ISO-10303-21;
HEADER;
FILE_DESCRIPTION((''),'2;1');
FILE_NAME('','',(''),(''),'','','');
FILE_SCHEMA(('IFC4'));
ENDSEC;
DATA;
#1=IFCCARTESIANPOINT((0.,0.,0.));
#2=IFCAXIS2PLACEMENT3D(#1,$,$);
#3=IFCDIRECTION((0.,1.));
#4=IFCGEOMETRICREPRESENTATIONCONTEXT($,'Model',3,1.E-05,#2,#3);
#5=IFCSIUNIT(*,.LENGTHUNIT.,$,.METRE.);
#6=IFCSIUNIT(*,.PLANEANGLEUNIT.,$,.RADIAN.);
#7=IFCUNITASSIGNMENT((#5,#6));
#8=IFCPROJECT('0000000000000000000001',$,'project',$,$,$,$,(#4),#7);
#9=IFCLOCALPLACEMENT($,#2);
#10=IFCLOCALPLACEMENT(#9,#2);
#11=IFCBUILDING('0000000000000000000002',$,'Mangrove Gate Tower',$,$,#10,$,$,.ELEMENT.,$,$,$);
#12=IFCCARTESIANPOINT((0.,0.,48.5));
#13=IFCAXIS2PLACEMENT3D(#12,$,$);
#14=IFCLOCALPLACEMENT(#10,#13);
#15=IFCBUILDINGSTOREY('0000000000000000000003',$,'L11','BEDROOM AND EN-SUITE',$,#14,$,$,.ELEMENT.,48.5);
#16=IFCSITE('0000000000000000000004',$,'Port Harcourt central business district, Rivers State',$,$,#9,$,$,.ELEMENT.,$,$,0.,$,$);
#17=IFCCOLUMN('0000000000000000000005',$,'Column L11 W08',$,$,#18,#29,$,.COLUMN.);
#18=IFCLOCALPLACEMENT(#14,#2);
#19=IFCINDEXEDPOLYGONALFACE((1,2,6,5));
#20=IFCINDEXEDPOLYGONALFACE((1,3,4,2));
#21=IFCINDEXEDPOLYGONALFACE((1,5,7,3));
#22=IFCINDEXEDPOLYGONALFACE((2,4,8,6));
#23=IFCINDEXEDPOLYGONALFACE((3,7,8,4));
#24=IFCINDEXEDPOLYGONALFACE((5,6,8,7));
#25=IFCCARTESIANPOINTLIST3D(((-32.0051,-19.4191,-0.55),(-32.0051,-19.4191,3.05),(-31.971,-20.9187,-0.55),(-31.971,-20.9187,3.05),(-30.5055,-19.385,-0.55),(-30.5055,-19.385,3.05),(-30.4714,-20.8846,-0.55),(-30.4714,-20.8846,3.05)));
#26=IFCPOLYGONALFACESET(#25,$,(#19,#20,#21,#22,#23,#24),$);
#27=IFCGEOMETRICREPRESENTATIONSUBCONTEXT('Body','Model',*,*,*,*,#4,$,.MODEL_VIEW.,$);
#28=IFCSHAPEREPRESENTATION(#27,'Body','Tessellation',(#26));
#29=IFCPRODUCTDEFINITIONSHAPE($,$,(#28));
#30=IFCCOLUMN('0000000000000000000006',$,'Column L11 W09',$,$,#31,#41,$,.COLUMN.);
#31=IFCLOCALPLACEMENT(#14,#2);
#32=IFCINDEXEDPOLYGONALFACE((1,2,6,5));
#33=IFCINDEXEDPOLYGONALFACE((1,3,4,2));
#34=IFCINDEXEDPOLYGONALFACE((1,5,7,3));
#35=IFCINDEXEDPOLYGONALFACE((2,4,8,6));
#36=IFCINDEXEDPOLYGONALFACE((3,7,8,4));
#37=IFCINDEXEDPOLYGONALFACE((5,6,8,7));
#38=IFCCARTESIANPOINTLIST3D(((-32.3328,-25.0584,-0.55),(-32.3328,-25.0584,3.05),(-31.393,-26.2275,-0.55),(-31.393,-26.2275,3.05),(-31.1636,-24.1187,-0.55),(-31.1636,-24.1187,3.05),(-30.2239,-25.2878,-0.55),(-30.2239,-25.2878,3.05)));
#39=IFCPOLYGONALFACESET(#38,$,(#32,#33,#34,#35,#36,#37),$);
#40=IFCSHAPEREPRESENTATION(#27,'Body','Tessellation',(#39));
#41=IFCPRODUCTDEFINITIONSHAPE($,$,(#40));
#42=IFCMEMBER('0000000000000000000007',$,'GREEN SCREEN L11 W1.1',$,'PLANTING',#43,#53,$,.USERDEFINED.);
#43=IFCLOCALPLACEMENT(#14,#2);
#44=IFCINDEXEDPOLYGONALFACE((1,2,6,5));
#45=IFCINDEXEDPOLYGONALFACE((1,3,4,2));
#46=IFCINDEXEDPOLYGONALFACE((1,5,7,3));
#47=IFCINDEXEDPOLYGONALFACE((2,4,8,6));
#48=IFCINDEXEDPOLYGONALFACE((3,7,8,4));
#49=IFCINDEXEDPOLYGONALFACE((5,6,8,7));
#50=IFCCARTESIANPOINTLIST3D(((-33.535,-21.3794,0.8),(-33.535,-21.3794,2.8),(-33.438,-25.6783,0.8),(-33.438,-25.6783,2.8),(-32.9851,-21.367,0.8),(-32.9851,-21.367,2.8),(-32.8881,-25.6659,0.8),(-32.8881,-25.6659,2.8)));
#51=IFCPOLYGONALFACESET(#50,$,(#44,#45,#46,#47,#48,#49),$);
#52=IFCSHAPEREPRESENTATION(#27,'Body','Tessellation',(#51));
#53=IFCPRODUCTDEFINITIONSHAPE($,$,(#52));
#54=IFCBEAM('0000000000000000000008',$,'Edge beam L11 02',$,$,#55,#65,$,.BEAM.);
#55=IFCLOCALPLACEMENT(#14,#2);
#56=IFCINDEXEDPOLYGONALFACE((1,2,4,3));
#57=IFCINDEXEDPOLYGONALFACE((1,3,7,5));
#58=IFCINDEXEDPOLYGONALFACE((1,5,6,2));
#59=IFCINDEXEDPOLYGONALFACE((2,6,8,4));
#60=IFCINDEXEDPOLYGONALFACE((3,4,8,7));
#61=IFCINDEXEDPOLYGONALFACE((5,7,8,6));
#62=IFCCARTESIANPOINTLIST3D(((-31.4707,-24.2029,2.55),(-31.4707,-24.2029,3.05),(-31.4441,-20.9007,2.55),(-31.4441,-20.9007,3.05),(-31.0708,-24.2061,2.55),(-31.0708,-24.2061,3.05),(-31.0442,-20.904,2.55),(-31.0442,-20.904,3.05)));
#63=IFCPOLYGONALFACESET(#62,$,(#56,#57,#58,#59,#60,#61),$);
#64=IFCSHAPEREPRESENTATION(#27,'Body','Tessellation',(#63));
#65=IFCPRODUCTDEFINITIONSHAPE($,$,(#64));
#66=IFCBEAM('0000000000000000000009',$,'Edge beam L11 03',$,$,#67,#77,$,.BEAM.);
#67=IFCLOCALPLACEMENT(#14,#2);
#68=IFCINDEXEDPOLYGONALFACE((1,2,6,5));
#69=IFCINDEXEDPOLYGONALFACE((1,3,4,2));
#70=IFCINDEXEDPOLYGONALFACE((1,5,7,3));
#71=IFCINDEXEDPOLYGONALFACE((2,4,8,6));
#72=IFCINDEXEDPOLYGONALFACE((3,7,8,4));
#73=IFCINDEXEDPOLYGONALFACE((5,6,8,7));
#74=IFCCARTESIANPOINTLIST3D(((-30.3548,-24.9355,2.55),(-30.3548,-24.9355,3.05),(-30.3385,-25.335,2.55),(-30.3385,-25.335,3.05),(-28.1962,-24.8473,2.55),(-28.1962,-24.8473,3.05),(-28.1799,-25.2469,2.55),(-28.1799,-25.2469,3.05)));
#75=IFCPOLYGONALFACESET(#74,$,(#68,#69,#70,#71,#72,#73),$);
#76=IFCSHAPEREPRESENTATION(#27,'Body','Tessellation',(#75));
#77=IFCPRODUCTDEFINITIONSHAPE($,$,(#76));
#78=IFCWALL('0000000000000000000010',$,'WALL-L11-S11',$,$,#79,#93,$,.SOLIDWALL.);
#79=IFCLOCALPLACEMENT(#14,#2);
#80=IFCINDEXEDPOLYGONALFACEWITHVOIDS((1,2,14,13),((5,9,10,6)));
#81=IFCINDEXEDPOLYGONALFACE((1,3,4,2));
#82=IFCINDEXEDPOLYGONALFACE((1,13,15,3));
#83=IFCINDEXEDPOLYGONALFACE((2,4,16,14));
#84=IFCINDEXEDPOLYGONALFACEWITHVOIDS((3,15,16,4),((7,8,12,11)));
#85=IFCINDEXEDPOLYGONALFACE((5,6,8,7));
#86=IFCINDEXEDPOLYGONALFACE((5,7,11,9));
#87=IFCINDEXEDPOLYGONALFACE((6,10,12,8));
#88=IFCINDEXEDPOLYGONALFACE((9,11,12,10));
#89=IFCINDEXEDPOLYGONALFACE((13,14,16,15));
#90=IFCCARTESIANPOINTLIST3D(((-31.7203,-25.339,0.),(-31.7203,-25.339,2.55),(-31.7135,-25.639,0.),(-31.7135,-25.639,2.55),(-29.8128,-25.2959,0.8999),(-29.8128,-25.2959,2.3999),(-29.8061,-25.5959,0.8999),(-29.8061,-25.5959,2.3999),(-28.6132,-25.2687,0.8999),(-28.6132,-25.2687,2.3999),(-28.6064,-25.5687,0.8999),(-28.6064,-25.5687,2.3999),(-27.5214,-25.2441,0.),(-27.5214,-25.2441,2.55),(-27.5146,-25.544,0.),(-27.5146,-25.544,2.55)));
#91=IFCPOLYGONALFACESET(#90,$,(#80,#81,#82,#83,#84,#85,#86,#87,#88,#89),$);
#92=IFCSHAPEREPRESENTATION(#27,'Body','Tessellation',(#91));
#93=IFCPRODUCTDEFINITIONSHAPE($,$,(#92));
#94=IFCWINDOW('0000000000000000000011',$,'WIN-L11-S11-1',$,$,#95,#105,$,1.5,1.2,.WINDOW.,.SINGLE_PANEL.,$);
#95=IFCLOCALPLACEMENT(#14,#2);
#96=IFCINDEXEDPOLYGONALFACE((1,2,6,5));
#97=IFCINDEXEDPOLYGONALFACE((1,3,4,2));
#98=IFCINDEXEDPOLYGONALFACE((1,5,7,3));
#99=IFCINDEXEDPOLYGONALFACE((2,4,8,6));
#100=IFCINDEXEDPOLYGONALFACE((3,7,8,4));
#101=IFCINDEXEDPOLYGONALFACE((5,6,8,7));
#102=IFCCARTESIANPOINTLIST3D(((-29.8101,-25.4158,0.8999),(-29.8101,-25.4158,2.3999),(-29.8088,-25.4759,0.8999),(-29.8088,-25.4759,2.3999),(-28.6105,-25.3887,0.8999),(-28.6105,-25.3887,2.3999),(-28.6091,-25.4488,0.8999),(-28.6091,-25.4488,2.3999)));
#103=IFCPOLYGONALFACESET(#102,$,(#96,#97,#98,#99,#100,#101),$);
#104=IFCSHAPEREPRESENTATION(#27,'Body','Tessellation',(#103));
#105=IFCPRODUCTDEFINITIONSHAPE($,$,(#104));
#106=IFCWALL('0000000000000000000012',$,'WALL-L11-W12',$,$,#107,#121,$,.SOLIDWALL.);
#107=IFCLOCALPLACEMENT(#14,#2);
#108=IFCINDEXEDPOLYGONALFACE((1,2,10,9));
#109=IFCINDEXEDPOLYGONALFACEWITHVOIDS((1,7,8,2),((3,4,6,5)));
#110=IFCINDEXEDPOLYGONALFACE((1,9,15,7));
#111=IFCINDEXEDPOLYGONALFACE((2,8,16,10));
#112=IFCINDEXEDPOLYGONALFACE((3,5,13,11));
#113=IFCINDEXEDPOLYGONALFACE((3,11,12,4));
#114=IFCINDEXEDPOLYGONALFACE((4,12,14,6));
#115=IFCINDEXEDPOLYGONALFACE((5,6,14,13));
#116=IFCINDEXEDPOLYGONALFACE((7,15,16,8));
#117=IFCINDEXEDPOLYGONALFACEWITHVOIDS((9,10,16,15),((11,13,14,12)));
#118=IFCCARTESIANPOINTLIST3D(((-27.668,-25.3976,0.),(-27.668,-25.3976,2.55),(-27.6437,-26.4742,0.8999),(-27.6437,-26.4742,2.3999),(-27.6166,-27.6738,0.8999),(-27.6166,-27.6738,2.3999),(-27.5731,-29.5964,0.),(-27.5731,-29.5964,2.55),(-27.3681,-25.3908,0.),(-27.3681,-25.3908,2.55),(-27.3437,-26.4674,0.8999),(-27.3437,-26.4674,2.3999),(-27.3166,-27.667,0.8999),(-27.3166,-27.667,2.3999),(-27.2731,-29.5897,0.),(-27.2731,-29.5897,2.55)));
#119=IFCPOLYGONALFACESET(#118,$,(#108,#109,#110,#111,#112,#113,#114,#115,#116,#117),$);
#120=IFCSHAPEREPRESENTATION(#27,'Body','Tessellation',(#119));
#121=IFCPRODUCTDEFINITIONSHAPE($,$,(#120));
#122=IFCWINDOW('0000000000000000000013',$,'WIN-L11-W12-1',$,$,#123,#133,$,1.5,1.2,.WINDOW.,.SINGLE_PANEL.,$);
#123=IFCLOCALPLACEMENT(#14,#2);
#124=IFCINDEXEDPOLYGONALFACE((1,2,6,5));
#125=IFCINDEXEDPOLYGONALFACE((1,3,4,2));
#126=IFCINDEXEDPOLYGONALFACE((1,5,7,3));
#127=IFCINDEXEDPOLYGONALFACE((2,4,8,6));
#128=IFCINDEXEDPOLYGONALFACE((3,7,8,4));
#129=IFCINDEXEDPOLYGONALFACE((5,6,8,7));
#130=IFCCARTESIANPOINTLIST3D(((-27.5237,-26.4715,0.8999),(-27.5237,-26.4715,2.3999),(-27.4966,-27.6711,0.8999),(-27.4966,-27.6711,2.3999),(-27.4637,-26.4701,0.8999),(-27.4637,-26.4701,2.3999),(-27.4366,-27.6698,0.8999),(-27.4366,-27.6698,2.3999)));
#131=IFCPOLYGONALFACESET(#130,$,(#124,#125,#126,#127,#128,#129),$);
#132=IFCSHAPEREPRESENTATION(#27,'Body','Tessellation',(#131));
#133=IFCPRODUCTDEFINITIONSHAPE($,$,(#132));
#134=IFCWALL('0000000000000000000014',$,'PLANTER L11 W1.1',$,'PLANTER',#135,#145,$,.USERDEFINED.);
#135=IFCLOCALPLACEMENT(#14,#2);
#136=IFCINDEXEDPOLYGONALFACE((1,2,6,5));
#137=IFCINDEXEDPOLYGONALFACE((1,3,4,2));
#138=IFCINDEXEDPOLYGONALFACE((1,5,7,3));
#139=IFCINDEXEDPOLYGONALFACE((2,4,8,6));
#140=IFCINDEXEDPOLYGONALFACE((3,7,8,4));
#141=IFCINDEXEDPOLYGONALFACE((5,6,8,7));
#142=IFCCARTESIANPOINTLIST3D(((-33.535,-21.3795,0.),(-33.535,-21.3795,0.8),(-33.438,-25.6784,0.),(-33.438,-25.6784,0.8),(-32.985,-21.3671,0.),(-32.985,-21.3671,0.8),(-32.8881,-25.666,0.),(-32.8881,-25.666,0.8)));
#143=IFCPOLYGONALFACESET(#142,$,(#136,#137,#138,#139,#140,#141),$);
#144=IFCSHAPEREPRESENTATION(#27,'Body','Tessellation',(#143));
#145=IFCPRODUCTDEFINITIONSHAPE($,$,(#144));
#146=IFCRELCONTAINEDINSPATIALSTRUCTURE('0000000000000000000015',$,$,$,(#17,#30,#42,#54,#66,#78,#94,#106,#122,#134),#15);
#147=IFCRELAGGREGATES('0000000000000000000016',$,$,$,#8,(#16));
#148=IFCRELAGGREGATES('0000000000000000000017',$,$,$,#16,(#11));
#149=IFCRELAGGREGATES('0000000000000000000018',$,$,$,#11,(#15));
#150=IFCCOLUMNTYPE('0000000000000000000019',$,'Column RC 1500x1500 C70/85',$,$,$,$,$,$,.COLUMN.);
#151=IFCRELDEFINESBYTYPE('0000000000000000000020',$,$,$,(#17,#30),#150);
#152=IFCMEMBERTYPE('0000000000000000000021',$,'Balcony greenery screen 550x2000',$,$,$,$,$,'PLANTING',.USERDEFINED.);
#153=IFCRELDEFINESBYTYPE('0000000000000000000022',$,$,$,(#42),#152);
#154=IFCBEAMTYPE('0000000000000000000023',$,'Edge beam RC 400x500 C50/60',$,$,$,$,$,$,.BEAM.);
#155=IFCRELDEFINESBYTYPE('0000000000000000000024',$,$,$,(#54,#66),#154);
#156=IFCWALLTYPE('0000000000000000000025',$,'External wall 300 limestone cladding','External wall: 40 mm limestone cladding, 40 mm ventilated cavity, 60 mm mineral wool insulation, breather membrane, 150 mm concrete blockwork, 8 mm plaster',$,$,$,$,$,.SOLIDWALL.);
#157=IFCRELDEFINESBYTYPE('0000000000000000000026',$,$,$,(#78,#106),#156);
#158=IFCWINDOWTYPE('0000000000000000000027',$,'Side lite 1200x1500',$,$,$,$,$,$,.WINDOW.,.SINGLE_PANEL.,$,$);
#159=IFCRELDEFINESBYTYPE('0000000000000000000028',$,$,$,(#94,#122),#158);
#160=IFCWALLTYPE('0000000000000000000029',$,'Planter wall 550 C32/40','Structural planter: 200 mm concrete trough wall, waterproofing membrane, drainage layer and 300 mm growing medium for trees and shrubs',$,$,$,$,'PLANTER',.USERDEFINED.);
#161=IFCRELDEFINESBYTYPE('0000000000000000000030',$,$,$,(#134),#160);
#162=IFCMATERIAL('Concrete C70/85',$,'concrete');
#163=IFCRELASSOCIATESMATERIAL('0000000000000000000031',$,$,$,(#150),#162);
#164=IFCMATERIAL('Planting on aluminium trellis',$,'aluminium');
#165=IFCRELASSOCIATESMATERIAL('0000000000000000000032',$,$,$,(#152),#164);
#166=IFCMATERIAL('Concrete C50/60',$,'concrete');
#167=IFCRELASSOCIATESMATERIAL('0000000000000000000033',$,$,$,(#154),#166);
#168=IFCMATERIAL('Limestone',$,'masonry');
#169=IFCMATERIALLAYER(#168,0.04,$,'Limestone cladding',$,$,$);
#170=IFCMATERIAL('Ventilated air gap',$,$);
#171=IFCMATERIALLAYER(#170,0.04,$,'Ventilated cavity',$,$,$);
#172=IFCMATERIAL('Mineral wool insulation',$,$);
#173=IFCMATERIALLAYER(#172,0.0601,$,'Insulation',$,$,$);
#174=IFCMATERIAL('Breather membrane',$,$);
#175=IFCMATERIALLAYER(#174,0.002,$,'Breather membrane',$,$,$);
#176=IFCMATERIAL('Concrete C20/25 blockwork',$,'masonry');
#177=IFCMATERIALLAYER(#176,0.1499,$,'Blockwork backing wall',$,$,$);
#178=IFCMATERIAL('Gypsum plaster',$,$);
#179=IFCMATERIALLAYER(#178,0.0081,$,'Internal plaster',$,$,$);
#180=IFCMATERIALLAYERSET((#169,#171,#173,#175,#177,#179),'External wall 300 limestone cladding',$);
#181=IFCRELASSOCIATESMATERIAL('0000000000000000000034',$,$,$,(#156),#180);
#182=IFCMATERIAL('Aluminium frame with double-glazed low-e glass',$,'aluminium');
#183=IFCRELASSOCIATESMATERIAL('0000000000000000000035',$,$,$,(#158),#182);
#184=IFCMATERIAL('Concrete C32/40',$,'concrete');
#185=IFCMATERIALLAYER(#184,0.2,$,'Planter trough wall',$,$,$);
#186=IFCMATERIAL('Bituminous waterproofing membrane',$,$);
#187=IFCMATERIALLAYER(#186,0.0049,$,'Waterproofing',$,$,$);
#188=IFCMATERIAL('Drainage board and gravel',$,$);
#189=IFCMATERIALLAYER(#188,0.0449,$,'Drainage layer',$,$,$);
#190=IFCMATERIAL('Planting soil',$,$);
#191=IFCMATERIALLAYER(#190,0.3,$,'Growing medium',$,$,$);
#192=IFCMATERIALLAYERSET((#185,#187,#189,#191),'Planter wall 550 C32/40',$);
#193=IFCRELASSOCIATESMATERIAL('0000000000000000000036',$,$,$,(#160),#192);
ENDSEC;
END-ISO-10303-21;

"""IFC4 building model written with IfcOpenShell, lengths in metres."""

from ifc_helpers import new_model, si_unit, direction, frame, frame_2d, origin, origin_2d, place, context, subcontext, project, spatial, rectangle, extrude, material, layer, layer_set, material_profile, profile_set, type_object, element, fill, save


model = new_model("IFC4")

# Units and contexts
model_context = context("Model", 3, precision=1e-05, world=origin(), true_north=direction((0.0, 1.0)))
body_context = subcontext(model_context, "Body", "Model", "MODEL_VIEW")
ifc_project = project(units=[si_unit("LENGTHUNIT", "METRE"), si_unit("PLANEANGLEUNIT", "RADIAN")], contexts=[model_context])

# Site, building, storey
site_placement = place(None, origin())
site = spatial("IfcSite", under=ifc_project, at=site_placement, Name="Port Harcourt central business district, Rivers State", CompositionType="ELEMENT", RefElevation=0.0)
building_placement = place(site_placement, origin())
building = spatial("IfcBuilding", under=site, at=building_placement, Name="Mangrove Gate Tower", CompositionType="ELEMENT")
storey_placement = place(building_placement, frame((0.0, 0.0, 48.5)))
storey = spatial("IfcBuildingStorey", under=building, at=storey_placement, Name="L11", Description="BEDROOM AND EN-SUITE", CompositionType="ELEMENT", Elevation=48.5)

# Columns
ifc_material_1 = material(Name="Concrete C70/85", Category="concrete")
ifc_material_profile_1 = material_profile(ifc_material_1, rectangle(XDim=1.5, YDim=1.5, at=origin_2d()))
ifc_profile_set_1 = profile_set([ifc_material_profile_1], Name="Concrete C70/85")
column_type = type_object("IfcColumnType", Name="Column RC 1500x1500 C70/85", PredefinedType="COLUMN", material=ifc_profile_set_1)
for number, where, z_axis, x_axis, name in (
    (1, (-31.2383, -20.1519, -0.55), (0.0, 0.0, 1.0), (0.02274, -0.999741, 0.0), "Column L11 W08"),
    (2, (-31.2783, -25.1731, -0.55), (0.0, 0.0, 1.0), (0.626514, -0.77941, 0.0), "Column L11 W09"),
):
    element("IfcColumn", number, at=place(storey_placement, frame(where, z_axis=z_axis, x_axis=x_axis)), inside=storey, type_object=column_type, Name=name, PredefinedType="COLUMN", context=body_context, shape_type="SweptSolid", body=[
        extrude(rectangle(XDim=1.5, YDim=1.5, at=origin_2d()), origin(), (0.0, 0.0, 1.0), 3.6001),
    ])

# Member
ifc_material_2 = material(Name="Planting on aluminium trellis", Category="aluminium")
ifc_material_profile_2 = material_profile(ifc_material_2, rectangle(XDim=0.55, YDim=2.0, at=origin_2d()))
ifc_profile_set_2 = profile_set([ifc_material_profile_2], Name="Planting on aluminium trellis")
member_type = type_object("IfcMemberType", Name="Balcony greenery screen 550x2000", ElementType="PLANTING", PredefinedType="USERDEFINED", material=ifc_profile_set_2)
member_placement = place(storey_placement, frame((-33.1631, -25.6721, 1.8), z_axis=(-0.02254, 0.999746, 0.0), x_axis=(-0.999746, -0.02254, 0.0)))
element("IfcMember", 3, at=member_placement, inside=storey, type_object=member_type, Name="GREEN SCREEN L11 W1.1", ObjectType="PLANTING", PredefinedType="USERDEFINED", context=body_context, shape_type="SweptSolid", body=[
    extrude(rectangle(XDim=0.55, YDim=2.0, at=origin_2d()), origin(), (0.0, 0.0, 1.0), 4.3),
])

# Beams
ifc_material_3 = material(Name="Concrete C50/60", Category="concrete")
ifc_material_profile_3 = material_profile(ifc_material_3, rectangle(XDim=0.3999, YDim=0.5, at=origin_2d()))
ifc_profile_set_3 = profile_set([ifc_material_profile_3], Name="Concrete C50/60")
beam_type = type_object("IfcBeamType", Name="Edge beam RC 400x500 C50/60", PredefinedType="BEAM", material=ifc_profile_set_3)
beam_1_placement = place(storey_placement, frame((-31.2441, -20.9023, 2.8), z_axis=(-0.008058, -0.999968, 0.0), x_axis=(0.999968, -0.008058, 0.0)))
element("IfcBeam", 4, at=beam_1_placement, inside=storey, type_object=beam_type, Name="Edge beam L11 02", PredefinedType="BEAM", context=body_context, shape_type="SweptSolid", body=[
    extrude(rectangle(XDim=0.3999, YDim=0.5, at=origin_2d()), origin(), (0.0, 0.0, 1.0), 3.3022),
])
beam_2_placement = place(storey_placement, frame((-30.3467, -25.1353, 2.8), z_axis=(0.999168, 0.040794, 0.0), x_axis=(-0.040794, 0.999168, 0.0)))
element("IfcBeam", 5, at=beam_2_placement, inside=storey, type_object=beam_type, Name="Edge beam L11 03", PredefinedType="BEAM", context=body_context, shape_type="SweptSolid", body=[
    extrude(rectangle(XDim=0.3999, YDim=0.5, at=origin_2d()), origin(), (0.0, 0.0, 1.0), 2.1604),
])

# Walls, openings, windows
ifc_material_4 = material(Name="Limestone", Category="masonry")
ifc_layer_1 = layer(ifc_material_4, 0.04, Name="Limestone cladding")
ifc_material_5 = material(Name="Ventilated air gap")
ifc_layer_2 = layer(ifc_material_5, 0.04, Name="Ventilated cavity")
ifc_material_6 = material(Name="Mineral wool insulation")
ifc_layer_3 = layer(ifc_material_6, 0.0601, Name="Insulation")
ifc_material_7 = material(Name="Breather membrane")
ifc_layer_4 = layer(ifc_material_7, 0.002, Name="Breather membrane")
ifc_material_8 = material(Name="Concrete C20/25 blockwork", Category="masonry")
ifc_layer_5 = layer(ifc_material_8, 0.1499, Name="Blockwork backing wall")
ifc_material_9 = material(Name="Gypsum plaster")
ifc_layer_6 = layer(ifc_material_9, 0.0081, Name="Internal plaster")
ifc_layer_set_1 = layer_set([ifc_layer_1, ifc_layer_2, ifc_layer_3, ifc_layer_4, ifc_layer_5, ifc_layer_6], Name="External wall 300 limestone cladding")
wall_type_1 = type_object("IfcWallType", Name="External wall 300 limestone cladding", Description="External wall: 40 mm limestone cladding, 40 mm ventilated cavity, 60 mm mineral wool insulation, breather membrane, 150 mm concrete blockwork, 8 mm plaster", PredefinedType="SOLIDWALL", material=ifc_layer_set_1)
wall_1_placement = place(storey_placement, frame((-31.717, -25.489, 0.0), z_axis=(0.0, 0.0, 1.0), x_axis=(0.999744, 0.022612, 0.0)))
wall_1 = element("IfcWall", 6, at=wall_1_placement, inside=storey, type_object=wall_type_1, Name="WALL-L11-S11", PredefinedType="SOLIDWALL", context=body_context, shape_type="SweptSolid", body=[
    extrude(rectangle(XDim=4.2, YDim=0.3, at=frame_2d((2.1001, 0.0))), origin(), (0.0, 0.0, 1.0), 2.55),
])
opening_1_placement = place(wall_1_placement, frame((1.908, 0.0, 0.8999)))
opening_1 = element("IfcOpeningElement", 7, at=opening_1_placement, cuts=wall_1, PredefinedType="OPENING", context=body_context, shape_type="SweptSolid", body=[
    extrude(rectangle(XDim=1.2, YDim=1.5, at=frame_2d((0.6001, 0.75))), frame((0.0, 0.1599, 0.0), z_axis=(0.0, -1.0, 0.0), x_axis=(1.0, 0.0, 0.0)), (0.0, 0.0, 1.0), 0.3201),
])
ifc_material_10 = material(Name="Aluminium frame with double-glazed low-e glass", Category="aluminium")
window_type = type_object("IfcWindowType", Name="Side lite 1200x1500", PartitioningType="SINGLE_PANEL", PredefinedType="WINDOW", material=ifc_material_10)
window_1_placement = place(opening_1_placement, origin())
window_1 = element("IfcWindow", 8, at=window_1_placement, inside=storey, type_object=window_type, Name="WIN-L11-S11-1", OverallHeight=1.5, OverallWidth=1.2, PartitioningType="SINGLE_PANEL", PredefinedType="WINDOW", context=body_context, shape_type="SweptSolid", body=[
    extrude(rectangle(XDim=1.2, YDim=1.5, at=frame_2d((0.6001, 0.75))), frame((0.0, 0.03, 0.0), z_axis=(0.0, -1.0, 0.0), x_axis=(1.0, 0.0, 0.0)), (0.0, 0.0, 1.0), 0.0601),
])
fill(opening_1, window_1)
wall_2_placement = place(storey_placement, frame((-27.5181, -25.394, 0.0), z_axis=(0.0, 0.0, 1.0), x_axis=(0.022612, -0.999744, 0.0)))
wall_2 = element("IfcWall", 9, at=wall_2_placement, inside=storey, type_object=wall_type_1, Name="WALL-L11-W12", PredefinedType="SOLIDWALL", context=body_context, shape_type="SweptSolid", body=[
    extrude(rectangle(XDim=4.2, YDim=0.3, at=frame_2d((2.1001, 0.0))), origin(), (0.0, 0.0, 1.0), 2.55),
])
opening_2_placement = place(wall_2_placement, frame((1.0769, 0.0, 0.8999)))
opening_2 = element("IfcOpeningElement", 10, at=opening_2_placement, cuts=wall_2, PredefinedType="OPENING", context=body_context, shape_type="SweptSolid", body=[
    extrude(rectangle(XDim=1.2, YDim=1.5, at=frame_2d((0.6001, 0.75))), frame((0.0, 0.1599, 0.0), z_axis=(0.0, -1.0, 0.0), x_axis=(1.0, 0.0, 0.0)), (0.0, 0.0, 1.0), 0.3201),
])
window_2_placement = place(opening_2_placement, origin())
window_2 = element("IfcWindow", 11, at=window_2_placement, inside=storey, type_object=window_type, Name="WIN-L11-W12-1", OverallHeight=1.5, OverallWidth=1.2, PartitioningType="SINGLE_PANEL", PredefinedType="WINDOW", context=body_context, shape_type="SweptSolid", body=[
    extrude(rectangle(XDim=1.2, YDim=1.5, at=frame_2d((0.6001, 0.75))), frame((0.0, 0.03, 0.0), z_axis=(0.0, -1.0, 0.0), x_axis=(1.0, 0.0, 0.0)), (0.0, 0.0, 1.0), 0.0601),
])
fill(opening_2, window_2)

# Wall
ifc_material_11 = material(Name="Concrete C32/40", Category="concrete")
ifc_layer_7 = layer(ifc_material_11, 0.2, Name="Planter trough wall")
ifc_material_12 = material(Name="Bituminous waterproofing membrane")
ifc_layer_8 = layer(ifc_material_12, 0.0049, Name="Waterproofing")
ifc_material_13 = material(Name="Drainage board and gravel")
ifc_layer_9 = layer(ifc_material_13, 0.0449, Name="Drainage layer")
ifc_material_14 = material(Name="Planting soil")
ifc_layer_10 = layer(ifc_material_14, 0.3, Name="Growing medium")
ifc_layer_set_2 = layer_set([ifc_layer_7, ifc_layer_8, ifc_layer_9, ifc_layer_10], Name="Planter wall 550 C32/40")
wall_type_2 = type_object("IfcWallType", Name="Planter wall 550 C32/40", Description="Structural planter: 200 mm concrete trough wall, waterproofing membrane, drainage layer and 300 mm growing medium for trees and shrubs", ElementType="PLANTER", PredefinedType="USERDEFINED", material=ifc_layer_set_2)
wall_3_placement = place(storey_placement, frame((-33.1631, -25.6721, 0.0), z_axis=(0.0, 0.0, 1.0), x_axis=(-0.02254, 0.999746, 0.0)))
element("IfcWall", 12, at=wall_3_placement, inside=storey, type_object=wall_type_2, Name="PLANTER L11 W1.1", ObjectType="PLANTER", PredefinedType="USERDEFINED", context=body_context, shape_type="SweptSolid", body=[
    extrude(rectangle(XDim=4.3, YDim=0.55, at=frame_2d((2.1499, 0.0))), origin(), (0.0, 0.0, 1.0), 0.8),
])

save(model, "model.ifc")
